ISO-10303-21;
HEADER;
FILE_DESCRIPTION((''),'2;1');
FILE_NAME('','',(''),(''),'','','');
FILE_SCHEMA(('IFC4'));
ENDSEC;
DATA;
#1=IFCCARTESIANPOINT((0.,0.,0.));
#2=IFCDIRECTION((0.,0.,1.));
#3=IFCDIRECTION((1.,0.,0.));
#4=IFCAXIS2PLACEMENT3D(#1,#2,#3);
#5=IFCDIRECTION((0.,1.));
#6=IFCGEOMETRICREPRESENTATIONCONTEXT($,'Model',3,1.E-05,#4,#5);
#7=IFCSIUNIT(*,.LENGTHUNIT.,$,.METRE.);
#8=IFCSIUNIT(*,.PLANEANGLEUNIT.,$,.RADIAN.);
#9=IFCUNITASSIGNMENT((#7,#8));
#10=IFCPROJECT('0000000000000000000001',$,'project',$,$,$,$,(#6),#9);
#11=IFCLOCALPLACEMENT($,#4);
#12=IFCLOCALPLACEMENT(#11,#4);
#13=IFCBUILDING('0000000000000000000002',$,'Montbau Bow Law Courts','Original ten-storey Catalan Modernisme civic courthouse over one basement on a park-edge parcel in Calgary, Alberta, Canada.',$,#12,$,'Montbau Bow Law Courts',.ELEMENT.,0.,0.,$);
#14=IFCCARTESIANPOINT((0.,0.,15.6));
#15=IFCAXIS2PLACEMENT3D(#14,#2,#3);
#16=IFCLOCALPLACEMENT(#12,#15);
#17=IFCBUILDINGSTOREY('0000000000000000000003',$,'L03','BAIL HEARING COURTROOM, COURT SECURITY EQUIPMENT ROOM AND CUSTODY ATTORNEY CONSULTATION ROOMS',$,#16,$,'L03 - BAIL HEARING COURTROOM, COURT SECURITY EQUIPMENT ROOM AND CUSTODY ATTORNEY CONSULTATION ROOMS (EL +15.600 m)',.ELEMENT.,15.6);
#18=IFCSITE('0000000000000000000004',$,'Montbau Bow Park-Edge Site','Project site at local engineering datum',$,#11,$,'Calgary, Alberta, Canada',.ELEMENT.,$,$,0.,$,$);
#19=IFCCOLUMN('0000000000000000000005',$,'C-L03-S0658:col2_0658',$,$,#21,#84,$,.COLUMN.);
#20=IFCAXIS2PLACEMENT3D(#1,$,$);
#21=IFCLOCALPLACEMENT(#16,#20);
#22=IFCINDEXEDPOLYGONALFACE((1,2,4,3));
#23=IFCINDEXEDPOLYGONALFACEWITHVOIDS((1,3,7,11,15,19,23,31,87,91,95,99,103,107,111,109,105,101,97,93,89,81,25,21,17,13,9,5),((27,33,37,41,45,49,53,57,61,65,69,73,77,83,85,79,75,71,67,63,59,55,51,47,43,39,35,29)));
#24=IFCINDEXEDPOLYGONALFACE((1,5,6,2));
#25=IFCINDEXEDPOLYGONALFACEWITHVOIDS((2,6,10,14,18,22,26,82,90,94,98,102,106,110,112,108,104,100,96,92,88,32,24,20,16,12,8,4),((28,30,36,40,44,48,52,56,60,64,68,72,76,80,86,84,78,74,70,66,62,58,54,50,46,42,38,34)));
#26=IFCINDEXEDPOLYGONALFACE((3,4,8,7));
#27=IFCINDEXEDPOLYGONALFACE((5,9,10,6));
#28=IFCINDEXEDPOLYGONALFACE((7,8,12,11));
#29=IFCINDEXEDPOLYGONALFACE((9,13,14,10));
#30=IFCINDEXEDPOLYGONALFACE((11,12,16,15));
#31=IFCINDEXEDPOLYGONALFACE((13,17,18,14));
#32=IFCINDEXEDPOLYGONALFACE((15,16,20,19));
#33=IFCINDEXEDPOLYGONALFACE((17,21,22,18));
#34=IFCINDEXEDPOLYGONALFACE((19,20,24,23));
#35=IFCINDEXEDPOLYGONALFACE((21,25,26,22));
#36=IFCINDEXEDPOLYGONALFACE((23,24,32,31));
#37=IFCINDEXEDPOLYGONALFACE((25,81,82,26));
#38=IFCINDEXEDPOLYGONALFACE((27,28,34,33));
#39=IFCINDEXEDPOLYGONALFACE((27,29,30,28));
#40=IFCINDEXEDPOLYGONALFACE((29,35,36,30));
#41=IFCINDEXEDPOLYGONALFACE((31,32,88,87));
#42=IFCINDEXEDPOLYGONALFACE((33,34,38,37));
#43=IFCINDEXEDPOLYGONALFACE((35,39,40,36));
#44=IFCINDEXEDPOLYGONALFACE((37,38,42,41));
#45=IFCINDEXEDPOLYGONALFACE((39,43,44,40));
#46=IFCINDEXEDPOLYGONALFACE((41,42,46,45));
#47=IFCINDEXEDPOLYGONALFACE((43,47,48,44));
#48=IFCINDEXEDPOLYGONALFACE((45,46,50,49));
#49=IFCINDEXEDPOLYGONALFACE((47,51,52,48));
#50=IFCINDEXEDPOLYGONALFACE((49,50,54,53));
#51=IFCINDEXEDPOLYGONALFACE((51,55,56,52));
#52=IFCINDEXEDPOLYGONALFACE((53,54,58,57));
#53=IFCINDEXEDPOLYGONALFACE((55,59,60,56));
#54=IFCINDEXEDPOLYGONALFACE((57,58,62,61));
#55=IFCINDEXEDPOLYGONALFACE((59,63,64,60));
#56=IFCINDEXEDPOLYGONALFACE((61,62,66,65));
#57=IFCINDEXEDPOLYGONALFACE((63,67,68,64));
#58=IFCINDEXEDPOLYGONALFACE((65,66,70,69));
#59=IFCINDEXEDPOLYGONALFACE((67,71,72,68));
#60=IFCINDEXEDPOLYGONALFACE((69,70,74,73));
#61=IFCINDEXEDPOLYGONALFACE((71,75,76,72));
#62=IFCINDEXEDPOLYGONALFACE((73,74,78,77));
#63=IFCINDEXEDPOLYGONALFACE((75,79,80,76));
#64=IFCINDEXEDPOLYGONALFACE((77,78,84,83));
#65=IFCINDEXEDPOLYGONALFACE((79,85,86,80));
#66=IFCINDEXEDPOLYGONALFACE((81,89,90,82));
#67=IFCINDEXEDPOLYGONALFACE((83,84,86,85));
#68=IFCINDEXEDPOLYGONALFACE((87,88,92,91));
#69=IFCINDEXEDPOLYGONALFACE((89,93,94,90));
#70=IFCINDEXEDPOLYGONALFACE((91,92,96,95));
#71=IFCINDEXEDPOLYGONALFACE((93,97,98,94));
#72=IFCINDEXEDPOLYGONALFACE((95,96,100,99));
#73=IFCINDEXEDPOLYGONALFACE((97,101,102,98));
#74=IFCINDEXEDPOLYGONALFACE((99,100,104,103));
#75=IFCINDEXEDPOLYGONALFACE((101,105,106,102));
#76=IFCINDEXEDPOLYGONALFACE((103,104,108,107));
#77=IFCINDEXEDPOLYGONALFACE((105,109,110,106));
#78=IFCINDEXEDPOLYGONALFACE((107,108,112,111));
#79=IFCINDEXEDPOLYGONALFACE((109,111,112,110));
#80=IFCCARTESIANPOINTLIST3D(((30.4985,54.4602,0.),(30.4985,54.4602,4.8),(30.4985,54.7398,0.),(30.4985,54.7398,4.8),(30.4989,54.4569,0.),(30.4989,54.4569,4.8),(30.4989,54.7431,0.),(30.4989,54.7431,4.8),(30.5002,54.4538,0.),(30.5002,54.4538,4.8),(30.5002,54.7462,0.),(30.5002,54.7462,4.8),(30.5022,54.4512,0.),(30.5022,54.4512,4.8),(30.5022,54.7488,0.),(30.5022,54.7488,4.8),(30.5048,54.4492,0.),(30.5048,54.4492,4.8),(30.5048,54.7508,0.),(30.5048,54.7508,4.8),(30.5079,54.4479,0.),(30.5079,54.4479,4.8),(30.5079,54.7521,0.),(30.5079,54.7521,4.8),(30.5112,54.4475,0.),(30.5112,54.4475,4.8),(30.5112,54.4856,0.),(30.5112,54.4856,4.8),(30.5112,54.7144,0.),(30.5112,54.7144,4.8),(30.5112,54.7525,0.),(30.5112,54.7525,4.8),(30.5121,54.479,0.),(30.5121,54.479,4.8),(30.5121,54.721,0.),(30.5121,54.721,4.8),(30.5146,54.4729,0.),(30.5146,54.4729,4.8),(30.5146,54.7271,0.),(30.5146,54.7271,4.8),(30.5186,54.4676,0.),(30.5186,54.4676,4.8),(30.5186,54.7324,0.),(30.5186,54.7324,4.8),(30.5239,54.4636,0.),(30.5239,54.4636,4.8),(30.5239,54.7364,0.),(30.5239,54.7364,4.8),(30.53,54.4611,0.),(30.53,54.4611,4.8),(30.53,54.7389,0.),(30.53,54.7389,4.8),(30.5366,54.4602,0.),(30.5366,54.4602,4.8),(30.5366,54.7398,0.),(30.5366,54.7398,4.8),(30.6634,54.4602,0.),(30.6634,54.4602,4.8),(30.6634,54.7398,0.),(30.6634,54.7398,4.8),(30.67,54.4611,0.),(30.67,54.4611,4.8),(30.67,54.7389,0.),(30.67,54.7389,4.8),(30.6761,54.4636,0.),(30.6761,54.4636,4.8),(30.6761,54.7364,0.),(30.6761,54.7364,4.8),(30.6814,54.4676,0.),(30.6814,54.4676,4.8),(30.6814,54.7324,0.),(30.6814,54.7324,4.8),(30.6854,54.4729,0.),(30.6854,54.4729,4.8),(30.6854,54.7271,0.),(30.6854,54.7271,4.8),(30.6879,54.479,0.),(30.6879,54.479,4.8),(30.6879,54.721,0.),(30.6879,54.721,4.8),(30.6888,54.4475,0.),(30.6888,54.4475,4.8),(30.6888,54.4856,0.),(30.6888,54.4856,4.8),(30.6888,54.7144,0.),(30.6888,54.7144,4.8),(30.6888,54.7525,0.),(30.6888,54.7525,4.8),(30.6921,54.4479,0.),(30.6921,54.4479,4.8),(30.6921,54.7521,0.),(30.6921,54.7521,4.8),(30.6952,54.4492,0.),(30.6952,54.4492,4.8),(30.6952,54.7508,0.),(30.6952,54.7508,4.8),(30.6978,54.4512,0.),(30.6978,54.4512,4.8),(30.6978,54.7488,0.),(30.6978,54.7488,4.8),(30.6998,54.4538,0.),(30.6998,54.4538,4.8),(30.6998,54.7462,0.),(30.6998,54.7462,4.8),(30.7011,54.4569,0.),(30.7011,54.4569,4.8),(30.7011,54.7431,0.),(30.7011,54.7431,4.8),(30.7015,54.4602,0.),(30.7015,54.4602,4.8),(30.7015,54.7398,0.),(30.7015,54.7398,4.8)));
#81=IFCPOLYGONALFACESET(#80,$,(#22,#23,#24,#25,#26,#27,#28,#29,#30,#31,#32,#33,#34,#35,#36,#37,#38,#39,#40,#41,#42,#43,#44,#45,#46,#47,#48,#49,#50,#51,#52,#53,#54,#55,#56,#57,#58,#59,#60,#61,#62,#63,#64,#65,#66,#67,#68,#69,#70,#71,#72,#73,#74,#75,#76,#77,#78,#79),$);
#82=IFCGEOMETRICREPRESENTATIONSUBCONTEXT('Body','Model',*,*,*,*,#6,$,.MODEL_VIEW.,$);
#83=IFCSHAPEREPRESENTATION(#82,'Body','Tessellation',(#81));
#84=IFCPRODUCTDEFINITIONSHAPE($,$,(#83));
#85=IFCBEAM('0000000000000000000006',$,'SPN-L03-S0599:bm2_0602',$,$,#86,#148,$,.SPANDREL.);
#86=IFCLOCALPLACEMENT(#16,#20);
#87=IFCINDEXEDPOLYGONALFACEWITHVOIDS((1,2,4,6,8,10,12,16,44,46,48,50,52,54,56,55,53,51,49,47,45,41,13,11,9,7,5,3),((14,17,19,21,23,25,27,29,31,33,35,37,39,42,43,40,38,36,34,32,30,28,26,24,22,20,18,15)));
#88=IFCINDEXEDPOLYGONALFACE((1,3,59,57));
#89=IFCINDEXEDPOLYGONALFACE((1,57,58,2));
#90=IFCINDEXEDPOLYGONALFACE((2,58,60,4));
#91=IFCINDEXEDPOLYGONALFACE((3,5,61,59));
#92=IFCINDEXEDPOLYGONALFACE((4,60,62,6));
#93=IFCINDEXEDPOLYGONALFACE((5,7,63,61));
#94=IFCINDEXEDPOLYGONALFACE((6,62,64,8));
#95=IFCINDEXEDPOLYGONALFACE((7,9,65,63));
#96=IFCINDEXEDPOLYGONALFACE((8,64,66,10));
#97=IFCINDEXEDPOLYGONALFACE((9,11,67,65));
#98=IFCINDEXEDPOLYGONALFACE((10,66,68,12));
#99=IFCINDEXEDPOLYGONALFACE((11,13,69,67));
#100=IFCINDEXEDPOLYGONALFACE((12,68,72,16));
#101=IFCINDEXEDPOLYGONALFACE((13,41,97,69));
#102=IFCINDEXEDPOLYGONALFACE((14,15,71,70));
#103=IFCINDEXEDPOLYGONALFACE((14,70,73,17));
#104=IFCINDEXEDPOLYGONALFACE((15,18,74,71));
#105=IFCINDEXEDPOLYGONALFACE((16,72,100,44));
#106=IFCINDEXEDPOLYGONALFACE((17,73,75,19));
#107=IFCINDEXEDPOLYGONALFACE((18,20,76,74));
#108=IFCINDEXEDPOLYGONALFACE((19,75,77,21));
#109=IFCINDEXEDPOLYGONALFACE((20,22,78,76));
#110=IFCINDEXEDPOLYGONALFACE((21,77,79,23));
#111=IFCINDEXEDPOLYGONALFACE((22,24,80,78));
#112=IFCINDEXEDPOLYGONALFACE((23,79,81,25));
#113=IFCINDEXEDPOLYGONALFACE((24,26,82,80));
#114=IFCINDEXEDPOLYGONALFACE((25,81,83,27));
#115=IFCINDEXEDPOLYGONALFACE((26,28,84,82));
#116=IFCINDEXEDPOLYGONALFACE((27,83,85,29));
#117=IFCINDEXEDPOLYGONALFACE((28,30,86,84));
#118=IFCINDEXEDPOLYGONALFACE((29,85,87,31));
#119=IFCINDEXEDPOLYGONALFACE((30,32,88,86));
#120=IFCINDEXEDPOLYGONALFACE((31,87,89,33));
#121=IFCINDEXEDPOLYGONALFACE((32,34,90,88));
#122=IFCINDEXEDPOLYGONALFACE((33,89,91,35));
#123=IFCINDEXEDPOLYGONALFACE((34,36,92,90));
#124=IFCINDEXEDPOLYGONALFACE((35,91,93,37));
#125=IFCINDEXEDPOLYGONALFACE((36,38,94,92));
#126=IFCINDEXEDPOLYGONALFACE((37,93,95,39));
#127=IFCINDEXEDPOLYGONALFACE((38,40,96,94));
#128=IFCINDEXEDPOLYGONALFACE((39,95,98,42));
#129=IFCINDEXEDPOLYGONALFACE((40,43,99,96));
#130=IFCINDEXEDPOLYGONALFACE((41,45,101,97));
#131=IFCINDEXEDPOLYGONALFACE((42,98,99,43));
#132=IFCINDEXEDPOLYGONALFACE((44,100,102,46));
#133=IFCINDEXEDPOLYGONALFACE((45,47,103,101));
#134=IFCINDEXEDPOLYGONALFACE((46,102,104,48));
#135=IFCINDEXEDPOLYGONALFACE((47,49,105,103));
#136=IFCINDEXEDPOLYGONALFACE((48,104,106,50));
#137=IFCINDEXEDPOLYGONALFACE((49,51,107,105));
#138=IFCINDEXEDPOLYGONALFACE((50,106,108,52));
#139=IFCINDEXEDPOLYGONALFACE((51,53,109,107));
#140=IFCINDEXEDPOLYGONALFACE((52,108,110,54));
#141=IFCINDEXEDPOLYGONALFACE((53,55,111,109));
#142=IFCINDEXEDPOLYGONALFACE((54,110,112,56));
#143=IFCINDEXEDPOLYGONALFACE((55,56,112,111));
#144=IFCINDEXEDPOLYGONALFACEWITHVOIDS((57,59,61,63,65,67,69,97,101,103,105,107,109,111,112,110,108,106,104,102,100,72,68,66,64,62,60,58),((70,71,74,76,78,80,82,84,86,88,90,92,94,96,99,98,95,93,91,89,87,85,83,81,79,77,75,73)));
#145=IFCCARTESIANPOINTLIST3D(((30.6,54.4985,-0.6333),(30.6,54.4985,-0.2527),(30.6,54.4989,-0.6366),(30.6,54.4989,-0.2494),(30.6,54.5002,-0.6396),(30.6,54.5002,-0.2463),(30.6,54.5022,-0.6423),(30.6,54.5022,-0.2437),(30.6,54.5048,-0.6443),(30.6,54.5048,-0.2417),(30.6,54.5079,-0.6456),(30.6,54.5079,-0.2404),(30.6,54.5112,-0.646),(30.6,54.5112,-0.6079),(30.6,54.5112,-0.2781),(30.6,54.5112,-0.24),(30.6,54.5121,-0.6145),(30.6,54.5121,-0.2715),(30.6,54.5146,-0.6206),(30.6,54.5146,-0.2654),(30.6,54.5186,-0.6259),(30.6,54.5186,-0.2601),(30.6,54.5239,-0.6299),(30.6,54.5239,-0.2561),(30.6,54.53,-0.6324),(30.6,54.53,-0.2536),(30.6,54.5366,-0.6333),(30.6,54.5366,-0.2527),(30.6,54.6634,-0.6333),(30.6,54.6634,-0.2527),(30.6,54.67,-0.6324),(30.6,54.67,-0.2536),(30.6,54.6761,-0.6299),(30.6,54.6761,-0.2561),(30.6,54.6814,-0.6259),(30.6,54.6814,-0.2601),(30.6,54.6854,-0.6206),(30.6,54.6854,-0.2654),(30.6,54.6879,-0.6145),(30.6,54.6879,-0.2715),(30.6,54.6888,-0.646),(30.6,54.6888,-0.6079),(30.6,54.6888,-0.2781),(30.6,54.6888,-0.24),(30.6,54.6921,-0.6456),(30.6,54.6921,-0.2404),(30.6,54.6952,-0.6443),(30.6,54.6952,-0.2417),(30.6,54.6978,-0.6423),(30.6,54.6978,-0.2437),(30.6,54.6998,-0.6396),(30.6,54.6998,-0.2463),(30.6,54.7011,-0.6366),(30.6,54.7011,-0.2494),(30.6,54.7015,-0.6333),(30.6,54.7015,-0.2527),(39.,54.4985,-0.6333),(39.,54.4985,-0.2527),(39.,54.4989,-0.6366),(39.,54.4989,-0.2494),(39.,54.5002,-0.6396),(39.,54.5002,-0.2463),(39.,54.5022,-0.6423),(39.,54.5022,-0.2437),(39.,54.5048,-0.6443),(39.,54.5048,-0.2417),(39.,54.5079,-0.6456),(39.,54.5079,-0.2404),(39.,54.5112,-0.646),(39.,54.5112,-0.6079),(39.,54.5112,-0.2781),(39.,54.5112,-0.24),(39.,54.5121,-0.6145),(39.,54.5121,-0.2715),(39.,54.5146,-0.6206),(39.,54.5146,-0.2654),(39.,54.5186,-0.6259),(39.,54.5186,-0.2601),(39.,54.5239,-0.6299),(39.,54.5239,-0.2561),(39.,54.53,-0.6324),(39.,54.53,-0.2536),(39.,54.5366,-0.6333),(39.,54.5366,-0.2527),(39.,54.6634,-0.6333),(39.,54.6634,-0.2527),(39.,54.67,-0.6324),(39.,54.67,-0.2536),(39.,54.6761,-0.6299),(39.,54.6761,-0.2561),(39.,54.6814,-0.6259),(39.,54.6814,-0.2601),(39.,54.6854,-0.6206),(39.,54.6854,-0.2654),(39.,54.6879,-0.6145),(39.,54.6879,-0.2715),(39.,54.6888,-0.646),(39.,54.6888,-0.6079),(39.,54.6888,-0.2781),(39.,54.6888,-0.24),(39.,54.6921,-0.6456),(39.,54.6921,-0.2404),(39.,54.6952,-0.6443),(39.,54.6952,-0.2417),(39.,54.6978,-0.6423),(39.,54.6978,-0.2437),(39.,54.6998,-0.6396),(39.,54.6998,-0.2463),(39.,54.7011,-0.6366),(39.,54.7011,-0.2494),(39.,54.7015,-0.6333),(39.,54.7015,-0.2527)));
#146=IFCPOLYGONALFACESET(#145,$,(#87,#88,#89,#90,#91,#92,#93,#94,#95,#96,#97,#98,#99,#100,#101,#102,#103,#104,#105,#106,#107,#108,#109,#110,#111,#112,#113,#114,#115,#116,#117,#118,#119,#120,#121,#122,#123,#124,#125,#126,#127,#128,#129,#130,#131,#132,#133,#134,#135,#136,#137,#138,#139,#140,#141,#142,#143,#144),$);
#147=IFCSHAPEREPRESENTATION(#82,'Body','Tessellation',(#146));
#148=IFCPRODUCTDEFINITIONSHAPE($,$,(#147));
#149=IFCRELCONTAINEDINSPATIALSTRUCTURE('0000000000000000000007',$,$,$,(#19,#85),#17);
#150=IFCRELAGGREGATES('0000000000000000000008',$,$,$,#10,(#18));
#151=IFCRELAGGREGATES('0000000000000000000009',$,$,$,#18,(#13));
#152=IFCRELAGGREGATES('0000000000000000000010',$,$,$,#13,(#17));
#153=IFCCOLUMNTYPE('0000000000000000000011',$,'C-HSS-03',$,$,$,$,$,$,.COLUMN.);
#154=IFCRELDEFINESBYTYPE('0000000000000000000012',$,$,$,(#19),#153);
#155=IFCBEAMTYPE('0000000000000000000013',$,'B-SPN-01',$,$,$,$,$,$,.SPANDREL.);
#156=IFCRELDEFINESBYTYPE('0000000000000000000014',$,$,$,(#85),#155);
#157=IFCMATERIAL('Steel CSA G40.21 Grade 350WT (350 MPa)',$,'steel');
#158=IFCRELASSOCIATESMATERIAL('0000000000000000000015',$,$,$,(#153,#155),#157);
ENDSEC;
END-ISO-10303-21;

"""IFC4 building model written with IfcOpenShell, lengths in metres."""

from ifc_helpers import new_model, si_unit, direction, frame, origin_with_axes, origin_2d_with_axis, place, context, subcontext, project, spatial, hollow_rectangle, extrude, material, material_profile, profile_set, type_object, element, save


model = new_model("IFC4")

# Units and contexts
model_context = context("Model", 3, precision=1e-05, world=origin_with_axes(), true_north=direction((0.0, 1.0)))
body_context = subcontext(model_context, "Body", "Model", "MODEL_VIEW")
ifc_project = project(units=[si_unit("LENGTHUNIT", "METRE"), si_unit("PLANEANGLEUNIT", "RADIAN")], contexts=[model_context])

# Site, building, storey
site_placement = place(None, origin_with_axes())
site = spatial("IfcSite", under=ifc_project, at=site_placement, Name="Montbau Bow Park-Edge Site", Description="Project site at local engineering datum", LongName="Calgary, Alberta, Canada", CompositionType="ELEMENT", RefElevation=0.0)
building_placement = place(site_placement, origin_with_axes())
building = spatial("IfcBuilding", under=site, at=building_placement, Name="Montbau Bow Law Courts", Description="Original ten-storey Catalan Modernisme civic courthouse over one basement on a park-edge parcel in Calgary, Alberta, Canada.", LongName="Montbau Bow Law Courts", CompositionType="ELEMENT", ElevationOfRefHeight=0.0, ElevationOfTerrain=0.0)
storey_placement = place(building_placement, frame((0.0, 0.0, 15.6), z_axis=(0.0, 0.0, 1.0), x_axis=(1.0, 0.0, 0.0)))
storey = spatial("IfcBuildingStorey", under=building, at=storey_placement, Name="L03", Description="BAIL HEARING COURTROOM, COURT SECURITY EQUIPMENT ROOM AND CUSTODY ATTORNEY CONSULTATION ROOMS", LongName="L03 - BAIL HEARING COURTROOM, COURT SECURITY EQUIPMENT ROOM AND CUSTODY ATTORNEY CONSULTATION ROOMS (EL +15.600 m)", CompositionType="ELEMENT", Elevation=15.6)

# Column
ifc_material_1 = material(Name="Steel CSA G40.21 Grade 350WT (350 MPa)", Category="steel")
ifc_material_profile_1 = material_profile(ifc_material_1, hollow_rectangle(XDim=0.203, YDim=0.305, WallThickness=0.0127, InnerFilletRadius=0.0254, OuterFilletRadius=0.0127, at=origin_2d_with_axis()), Name="HSS305X203X13", Category="Main", Priority=0)
ifc_profile_set_1 = profile_set([ifc_material_profile_1], Name="Steel CSA G40.21 Grade 350WT (350 MPa)")
column_type = type_object("IfcColumnType", Name="C-HSS-03", PredefinedType="COLUMN", material=ifc_profile_set_1)
column_placement = place(None, frame((30.6, 54.6, 15.6), z_axis=(0.0, 0.0, 1.0), x_axis=(1.0, 0.0, 0.0)))
element("IfcColumn", 1, at=column_placement, inside=storey, type_object=column_type, Name="C-L03-S0658:col2_0658", PredefinedType="COLUMN", context=body_context, shape_type="SweptSolid", body=[
    extrude(hollow_rectangle(XDim=0.203, YDim=0.305, WallThickness=0.0127, InnerFilletRadius=0.0254, OuterFilletRadius=0.0127, at=origin_2d_with_axis()), origin_with_axes(), (0.0, 0.0, 1.0), 4.8),
])

# Beam
ifc_material_profile_2 = material_profile(ifc_material_1, hollow_rectangle(XDim=0.203, YDim=0.406, WallThickness=0.0127, InnerFilletRadius=0.0254, OuterFilletRadius=0.0127, at=origin_2d_with_axis()), Name="HSS406X203X13", Category="Main", Priority=0)
ifc_profile_set_2 = profile_set([ifc_material_profile_2], Name="Steel CSA G40.21 Grade 350WT (350 MPa)")
beam_type = type_object("IfcBeamType", Name="B-SPN-01", PredefinedType="SPANDREL", material=ifc_profile_set_2)
beam_placement = place(None, frame((30.6, 54.6, 15.157), z_axis=(1.0, 0.0, 0.0), x_axis=(0.0, 1.0, 0.0)))
element("IfcBeam", 2, at=beam_placement, inside=storey, type_object=beam_type, Name="SPN-L03-S0599:bm2_0602", PredefinedType="SPANDREL", context=body_context, shape_type="SweptSolid", body=[
    extrude(hollow_rectangle(XDim=0.203, YDim=0.406, WallThickness=0.0127, InnerFilletRadius=0.0254, OuterFilletRadius=0.0127, at=origin_2d_with_axis()), origin_with_axes(), (0.0, 0.0, 1.0), 8.4),
])

save(model, "model.ifc")
